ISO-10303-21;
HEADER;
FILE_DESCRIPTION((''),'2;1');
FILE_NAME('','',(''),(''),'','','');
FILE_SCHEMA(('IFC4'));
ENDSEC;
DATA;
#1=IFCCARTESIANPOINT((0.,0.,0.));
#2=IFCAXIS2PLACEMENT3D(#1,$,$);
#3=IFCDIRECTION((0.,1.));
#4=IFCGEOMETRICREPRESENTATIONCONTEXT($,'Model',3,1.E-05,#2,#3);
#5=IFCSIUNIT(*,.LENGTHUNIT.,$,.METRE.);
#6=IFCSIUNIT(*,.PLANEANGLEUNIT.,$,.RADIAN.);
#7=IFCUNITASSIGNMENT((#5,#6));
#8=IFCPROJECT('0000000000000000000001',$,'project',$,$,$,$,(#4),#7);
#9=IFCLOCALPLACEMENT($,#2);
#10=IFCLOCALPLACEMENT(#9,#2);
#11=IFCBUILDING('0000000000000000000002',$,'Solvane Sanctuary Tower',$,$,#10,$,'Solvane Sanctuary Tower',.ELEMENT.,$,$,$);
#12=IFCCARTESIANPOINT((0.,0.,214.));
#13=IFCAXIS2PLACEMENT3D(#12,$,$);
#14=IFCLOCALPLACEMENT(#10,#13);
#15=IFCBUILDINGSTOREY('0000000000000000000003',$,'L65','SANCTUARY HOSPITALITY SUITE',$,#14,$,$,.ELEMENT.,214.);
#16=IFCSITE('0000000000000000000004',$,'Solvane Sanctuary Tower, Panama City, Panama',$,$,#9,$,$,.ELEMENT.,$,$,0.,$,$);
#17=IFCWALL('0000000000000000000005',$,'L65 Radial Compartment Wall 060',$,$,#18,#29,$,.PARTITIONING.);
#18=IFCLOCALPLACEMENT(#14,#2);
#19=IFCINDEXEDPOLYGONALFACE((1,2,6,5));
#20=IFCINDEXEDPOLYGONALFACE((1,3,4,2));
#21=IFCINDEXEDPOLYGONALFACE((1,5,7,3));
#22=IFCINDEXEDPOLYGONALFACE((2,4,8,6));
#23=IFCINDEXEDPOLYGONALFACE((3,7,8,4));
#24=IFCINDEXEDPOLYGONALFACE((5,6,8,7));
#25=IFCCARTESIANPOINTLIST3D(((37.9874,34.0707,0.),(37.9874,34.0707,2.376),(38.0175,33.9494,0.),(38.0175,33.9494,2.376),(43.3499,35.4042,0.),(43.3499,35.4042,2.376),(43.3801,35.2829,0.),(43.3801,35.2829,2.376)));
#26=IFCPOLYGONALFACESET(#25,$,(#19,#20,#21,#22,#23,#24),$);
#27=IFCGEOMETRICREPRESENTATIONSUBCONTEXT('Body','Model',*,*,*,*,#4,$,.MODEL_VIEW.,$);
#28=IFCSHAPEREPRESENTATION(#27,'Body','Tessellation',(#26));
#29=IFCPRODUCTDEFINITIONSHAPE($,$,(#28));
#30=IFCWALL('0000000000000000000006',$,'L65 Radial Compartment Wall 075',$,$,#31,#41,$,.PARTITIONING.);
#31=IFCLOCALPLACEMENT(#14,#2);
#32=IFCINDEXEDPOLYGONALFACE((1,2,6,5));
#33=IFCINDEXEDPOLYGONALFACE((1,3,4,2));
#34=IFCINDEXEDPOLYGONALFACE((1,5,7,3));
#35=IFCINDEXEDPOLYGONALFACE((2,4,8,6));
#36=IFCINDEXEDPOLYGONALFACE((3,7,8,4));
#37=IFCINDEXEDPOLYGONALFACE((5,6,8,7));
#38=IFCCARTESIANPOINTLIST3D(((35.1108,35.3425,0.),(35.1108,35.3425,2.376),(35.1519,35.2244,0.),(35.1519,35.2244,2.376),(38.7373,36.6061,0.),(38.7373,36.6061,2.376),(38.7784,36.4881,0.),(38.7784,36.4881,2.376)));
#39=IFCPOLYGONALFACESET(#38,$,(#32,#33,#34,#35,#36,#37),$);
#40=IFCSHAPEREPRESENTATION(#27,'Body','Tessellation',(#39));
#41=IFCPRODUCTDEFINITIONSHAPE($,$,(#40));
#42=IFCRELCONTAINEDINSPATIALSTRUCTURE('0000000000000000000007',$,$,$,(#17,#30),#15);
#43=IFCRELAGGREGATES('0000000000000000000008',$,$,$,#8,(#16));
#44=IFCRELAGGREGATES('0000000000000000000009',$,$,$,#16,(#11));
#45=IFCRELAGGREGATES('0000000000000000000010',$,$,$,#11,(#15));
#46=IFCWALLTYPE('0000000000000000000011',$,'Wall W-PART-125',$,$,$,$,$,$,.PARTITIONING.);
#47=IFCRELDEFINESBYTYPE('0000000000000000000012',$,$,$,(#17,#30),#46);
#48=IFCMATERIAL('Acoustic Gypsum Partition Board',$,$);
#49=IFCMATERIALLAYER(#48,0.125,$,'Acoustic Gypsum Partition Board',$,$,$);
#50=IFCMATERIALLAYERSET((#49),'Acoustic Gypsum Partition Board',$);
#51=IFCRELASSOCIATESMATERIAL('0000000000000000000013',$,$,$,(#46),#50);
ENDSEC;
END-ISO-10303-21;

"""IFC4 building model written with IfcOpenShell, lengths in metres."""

from ifc_helpers import new_model, si_unit, direction, frame, frame_2d, origin, place, context, subcontext, project, spatial, rectangle, extrude, material, layer, layer_set, type_object, element, save


model = new_model("IFC4")

# Units and contexts
model_context = context("Model", 3, precision=1e-05, world=origin(), true_north=direction((0.0, 1.0)))
body_context = subcontext(model_context, "Body", "Model", "MODEL_VIEW")
ifc_project = project(units=[si_unit("LENGTHUNIT", "METRE"), si_unit("PLANEANGLEUNIT", "RADIAN")], contexts=[model_context])

# Site, building, storey
site_placement = place(None, origin())
site = spatial("IfcSite", under=ifc_project, at=site_placement, Name="Solvane Sanctuary Tower, Panama City, Panama", CompositionType="ELEMENT", RefElevation=0.0)
building_placement = place(site_placement, origin())
building = spatial("IfcBuilding", under=site, at=building_placement, Name="Solvane Sanctuary Tower", LongName="Solvane Sanctuary Tower", CompositionType="ELEMENT")
storey_placement = place(building_placement, frame((0.0, 0.0, 214.0)))
storey = spatial("IfcBuildingStorey", under=building, at=storey_placement, Name="L65", Description="SANCTUARY HOSPITALITY SUITE", CompositionType="ELEMENT", Elevation=214.0)

# Shared definitions
ifc_material_1 = material(Name="Acoustic Gypsum Partition Board")

# Walls
ifc_layer_1 = layer(ifc_material_1, 0.125, Name="Acoustic Gypsum Partition Board")
ifc_layer_set_1 = layer_set([ifc_layer_1], Name="Acoustic Gypsum Partition Board")
wall_type_1 = type_object("IfcWallType", Name="Wall W-PART-125", PredefinedType="PARTITIONING", material=ifc_layer_set_1)
wall_1_placement = place(storey_placement, frame((38.0024, 34.01, 0.0), z_axis=(0.0, 0.0, 1.0), x_axis=(0.970446, 0.241319, 0.0)))
element("IfcWall", 1, at=wall_1_placement, inside=storey, type_object=wall_type_1, Name="L65 Radial Compartment Wall 060", PredefinedType="PARTITIONING", context=body_context, shape_type="SweptSolid", body=[
    extrude(rectangle(XDim=5.5259, YDim=0.125, at=frame_2d((2.7629, 0.0))), origin(), (0.0, 0.0, 1.0), 2.376),
])
wall_2_placement = place(storey_placement, frame((35.1313, 35.2834, 0.0), z_axis=(0.0, 0.0, 1.0), x_axis=(0.944311, 0.329053, 0.0)))
element("IfcWall", 2, at=wall_2_placement, inside=storey, type_object=wall_type_1, Name="L65 Radial Compartment Wall 075", PredefinedType="PARTITIONING", context=body_context, shape_type="SweptSolid", body=[
    extrude(rectangle(XDim=3.8403, YDim=0.125, at=frame_2d((1.9202, 0.0))), origin(), (0.0, 0.0, 1.0), 2.376),
])

save(model, "model.ifc")
